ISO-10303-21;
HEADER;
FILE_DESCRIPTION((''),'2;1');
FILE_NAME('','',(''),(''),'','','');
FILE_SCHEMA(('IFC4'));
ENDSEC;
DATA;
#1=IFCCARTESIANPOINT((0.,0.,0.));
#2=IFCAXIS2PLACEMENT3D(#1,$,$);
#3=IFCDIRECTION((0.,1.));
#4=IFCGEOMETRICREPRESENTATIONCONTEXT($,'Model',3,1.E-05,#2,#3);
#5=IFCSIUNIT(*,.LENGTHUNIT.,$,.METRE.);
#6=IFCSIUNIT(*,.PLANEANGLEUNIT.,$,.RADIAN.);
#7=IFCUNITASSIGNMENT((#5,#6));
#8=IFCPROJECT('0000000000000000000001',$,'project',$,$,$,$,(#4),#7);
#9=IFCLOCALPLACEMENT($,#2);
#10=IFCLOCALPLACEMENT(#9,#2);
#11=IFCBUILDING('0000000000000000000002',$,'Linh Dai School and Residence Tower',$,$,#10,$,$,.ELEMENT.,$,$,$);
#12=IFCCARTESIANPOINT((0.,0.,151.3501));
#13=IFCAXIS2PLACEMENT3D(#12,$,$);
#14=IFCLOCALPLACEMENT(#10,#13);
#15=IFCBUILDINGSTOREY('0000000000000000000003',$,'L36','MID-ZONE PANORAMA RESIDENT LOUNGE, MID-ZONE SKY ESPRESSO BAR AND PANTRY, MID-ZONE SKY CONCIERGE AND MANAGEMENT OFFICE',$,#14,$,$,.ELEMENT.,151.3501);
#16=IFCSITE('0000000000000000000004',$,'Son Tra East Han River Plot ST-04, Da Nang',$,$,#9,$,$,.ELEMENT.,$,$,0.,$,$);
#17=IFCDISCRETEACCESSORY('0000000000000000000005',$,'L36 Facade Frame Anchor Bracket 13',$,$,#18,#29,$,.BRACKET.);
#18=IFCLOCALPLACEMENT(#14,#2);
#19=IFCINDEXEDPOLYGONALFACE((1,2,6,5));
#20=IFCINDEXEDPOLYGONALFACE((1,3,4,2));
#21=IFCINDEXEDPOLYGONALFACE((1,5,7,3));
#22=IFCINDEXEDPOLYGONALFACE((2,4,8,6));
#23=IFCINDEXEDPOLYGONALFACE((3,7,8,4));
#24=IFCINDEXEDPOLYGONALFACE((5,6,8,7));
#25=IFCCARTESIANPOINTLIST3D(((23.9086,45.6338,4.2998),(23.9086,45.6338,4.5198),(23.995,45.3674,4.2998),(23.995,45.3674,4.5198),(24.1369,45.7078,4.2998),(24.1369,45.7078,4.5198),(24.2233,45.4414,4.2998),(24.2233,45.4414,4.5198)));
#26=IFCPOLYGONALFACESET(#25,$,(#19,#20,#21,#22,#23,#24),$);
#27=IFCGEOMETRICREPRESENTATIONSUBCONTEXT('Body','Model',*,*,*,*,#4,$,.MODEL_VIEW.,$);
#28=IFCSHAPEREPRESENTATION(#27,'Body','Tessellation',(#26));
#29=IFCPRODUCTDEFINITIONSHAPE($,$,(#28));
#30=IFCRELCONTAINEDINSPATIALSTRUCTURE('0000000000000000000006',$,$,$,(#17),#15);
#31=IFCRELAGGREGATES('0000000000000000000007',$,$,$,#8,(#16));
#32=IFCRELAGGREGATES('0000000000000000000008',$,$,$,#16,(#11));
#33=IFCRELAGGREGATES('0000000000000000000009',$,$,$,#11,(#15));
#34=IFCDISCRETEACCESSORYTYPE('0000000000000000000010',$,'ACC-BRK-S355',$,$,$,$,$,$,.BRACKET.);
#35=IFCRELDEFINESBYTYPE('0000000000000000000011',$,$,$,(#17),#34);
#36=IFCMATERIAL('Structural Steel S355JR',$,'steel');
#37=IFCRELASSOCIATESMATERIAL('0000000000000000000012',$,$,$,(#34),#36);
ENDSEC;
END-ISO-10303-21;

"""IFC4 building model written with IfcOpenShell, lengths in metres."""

from ifc_helpers import new_model, si_unit, direction, frame, origin, origin_2d, place, context, subcontext, project, spatial, rectangle, extrude, source, transform, mapped, material, type_object, element, save


model = new_model("IFC4")

# Units and contexts
model_context = context("Model", 3, precision=1e-05, world=origin(), true_north=direction((0.0, 1.0)))
body_context = subcontext(model_context, "Body", "Model", "MODEL_VIEW")
ifc_project = project(units=[si_unit("LENGTHUNIT", "METRE"), si_unit("PLANEANGLEUNIT", "RADIAN")], contexts=[model_context])

# Site, building, storey
site_placement = place(None, origin())
site = spatial("IfcSite", under=ifc_project, at=site_placement, Name="Son Tra East Han River Plot ST-04, Da Nang", CompositionType="ELEMENT", RefElevation=0.0)
building_placement = place(site_placement, origin())
building = spatial("IfcBuilding", under=site, at=building_placement, Name="Linh Dai School and Residence Tower", CompositionType="ELEMENT")
storey_placement = place(building_placement, frame((0.0, 0.0, 151.3501)))
storey = spatial("IfcBuildingStorey", under=building, at=storey_placement, Name="L36", Description="MID-ZONE PANORAMA RESIDENT LOUNGE, MID-ZONE SKY ESPRESSO BAR AND PANTRY, MID-ZONE SKY CONCIERGE AND MANAGEMENT OFFICE", CompositionType="ELEMENT", Elevation=151.3501)

# Shared definitions
ifc_material_1 = material(Name="Structural Steel S355JR", Category="steel")

# Discrete accessory
discrete_accessory_type = type_object("IfcDiscreteAccessoryType", Name="ACC-BRK-S355", PredefinedType="BRACKET", material=ifc_material_1)
shared_shape_1 = source(origin(), body_context, "Body", "SweptSolid", [
    extrude(rectangle(XDim=0.28, YDim=0.24, at=origin_2d()), origin(), (0.0, 0.0, 1.0), 0.22),
])
discrete_accessory_placement = place(storey_placement, frame((24.0659, 45.5376, 4.2998), z_axis=(0.0, 0.0, 1.0), x_axis=(-0.308536, 0.951213, 0.0)))
element("IfcDiscreteAccessory", 1, at=discrete_accessory_placement, inside=storey, type_object=discrete_accessory_type, Name="L36 Facade Frame Anchor Bracket 13", PredefinedType="BRACKET", context=body_context, shape_type="MappedRepresentation", body=[
    mapped(shared_shape_1, transform((0.0, 0.0, 0.0), x_axis=(1.0, 0.0, 0.0), y_axis=(0.0, 1.0, 0.0), z_axis=(0.0, 0.0, 1.0), scale=1.0)),
])

save(model, "model.ifc")
